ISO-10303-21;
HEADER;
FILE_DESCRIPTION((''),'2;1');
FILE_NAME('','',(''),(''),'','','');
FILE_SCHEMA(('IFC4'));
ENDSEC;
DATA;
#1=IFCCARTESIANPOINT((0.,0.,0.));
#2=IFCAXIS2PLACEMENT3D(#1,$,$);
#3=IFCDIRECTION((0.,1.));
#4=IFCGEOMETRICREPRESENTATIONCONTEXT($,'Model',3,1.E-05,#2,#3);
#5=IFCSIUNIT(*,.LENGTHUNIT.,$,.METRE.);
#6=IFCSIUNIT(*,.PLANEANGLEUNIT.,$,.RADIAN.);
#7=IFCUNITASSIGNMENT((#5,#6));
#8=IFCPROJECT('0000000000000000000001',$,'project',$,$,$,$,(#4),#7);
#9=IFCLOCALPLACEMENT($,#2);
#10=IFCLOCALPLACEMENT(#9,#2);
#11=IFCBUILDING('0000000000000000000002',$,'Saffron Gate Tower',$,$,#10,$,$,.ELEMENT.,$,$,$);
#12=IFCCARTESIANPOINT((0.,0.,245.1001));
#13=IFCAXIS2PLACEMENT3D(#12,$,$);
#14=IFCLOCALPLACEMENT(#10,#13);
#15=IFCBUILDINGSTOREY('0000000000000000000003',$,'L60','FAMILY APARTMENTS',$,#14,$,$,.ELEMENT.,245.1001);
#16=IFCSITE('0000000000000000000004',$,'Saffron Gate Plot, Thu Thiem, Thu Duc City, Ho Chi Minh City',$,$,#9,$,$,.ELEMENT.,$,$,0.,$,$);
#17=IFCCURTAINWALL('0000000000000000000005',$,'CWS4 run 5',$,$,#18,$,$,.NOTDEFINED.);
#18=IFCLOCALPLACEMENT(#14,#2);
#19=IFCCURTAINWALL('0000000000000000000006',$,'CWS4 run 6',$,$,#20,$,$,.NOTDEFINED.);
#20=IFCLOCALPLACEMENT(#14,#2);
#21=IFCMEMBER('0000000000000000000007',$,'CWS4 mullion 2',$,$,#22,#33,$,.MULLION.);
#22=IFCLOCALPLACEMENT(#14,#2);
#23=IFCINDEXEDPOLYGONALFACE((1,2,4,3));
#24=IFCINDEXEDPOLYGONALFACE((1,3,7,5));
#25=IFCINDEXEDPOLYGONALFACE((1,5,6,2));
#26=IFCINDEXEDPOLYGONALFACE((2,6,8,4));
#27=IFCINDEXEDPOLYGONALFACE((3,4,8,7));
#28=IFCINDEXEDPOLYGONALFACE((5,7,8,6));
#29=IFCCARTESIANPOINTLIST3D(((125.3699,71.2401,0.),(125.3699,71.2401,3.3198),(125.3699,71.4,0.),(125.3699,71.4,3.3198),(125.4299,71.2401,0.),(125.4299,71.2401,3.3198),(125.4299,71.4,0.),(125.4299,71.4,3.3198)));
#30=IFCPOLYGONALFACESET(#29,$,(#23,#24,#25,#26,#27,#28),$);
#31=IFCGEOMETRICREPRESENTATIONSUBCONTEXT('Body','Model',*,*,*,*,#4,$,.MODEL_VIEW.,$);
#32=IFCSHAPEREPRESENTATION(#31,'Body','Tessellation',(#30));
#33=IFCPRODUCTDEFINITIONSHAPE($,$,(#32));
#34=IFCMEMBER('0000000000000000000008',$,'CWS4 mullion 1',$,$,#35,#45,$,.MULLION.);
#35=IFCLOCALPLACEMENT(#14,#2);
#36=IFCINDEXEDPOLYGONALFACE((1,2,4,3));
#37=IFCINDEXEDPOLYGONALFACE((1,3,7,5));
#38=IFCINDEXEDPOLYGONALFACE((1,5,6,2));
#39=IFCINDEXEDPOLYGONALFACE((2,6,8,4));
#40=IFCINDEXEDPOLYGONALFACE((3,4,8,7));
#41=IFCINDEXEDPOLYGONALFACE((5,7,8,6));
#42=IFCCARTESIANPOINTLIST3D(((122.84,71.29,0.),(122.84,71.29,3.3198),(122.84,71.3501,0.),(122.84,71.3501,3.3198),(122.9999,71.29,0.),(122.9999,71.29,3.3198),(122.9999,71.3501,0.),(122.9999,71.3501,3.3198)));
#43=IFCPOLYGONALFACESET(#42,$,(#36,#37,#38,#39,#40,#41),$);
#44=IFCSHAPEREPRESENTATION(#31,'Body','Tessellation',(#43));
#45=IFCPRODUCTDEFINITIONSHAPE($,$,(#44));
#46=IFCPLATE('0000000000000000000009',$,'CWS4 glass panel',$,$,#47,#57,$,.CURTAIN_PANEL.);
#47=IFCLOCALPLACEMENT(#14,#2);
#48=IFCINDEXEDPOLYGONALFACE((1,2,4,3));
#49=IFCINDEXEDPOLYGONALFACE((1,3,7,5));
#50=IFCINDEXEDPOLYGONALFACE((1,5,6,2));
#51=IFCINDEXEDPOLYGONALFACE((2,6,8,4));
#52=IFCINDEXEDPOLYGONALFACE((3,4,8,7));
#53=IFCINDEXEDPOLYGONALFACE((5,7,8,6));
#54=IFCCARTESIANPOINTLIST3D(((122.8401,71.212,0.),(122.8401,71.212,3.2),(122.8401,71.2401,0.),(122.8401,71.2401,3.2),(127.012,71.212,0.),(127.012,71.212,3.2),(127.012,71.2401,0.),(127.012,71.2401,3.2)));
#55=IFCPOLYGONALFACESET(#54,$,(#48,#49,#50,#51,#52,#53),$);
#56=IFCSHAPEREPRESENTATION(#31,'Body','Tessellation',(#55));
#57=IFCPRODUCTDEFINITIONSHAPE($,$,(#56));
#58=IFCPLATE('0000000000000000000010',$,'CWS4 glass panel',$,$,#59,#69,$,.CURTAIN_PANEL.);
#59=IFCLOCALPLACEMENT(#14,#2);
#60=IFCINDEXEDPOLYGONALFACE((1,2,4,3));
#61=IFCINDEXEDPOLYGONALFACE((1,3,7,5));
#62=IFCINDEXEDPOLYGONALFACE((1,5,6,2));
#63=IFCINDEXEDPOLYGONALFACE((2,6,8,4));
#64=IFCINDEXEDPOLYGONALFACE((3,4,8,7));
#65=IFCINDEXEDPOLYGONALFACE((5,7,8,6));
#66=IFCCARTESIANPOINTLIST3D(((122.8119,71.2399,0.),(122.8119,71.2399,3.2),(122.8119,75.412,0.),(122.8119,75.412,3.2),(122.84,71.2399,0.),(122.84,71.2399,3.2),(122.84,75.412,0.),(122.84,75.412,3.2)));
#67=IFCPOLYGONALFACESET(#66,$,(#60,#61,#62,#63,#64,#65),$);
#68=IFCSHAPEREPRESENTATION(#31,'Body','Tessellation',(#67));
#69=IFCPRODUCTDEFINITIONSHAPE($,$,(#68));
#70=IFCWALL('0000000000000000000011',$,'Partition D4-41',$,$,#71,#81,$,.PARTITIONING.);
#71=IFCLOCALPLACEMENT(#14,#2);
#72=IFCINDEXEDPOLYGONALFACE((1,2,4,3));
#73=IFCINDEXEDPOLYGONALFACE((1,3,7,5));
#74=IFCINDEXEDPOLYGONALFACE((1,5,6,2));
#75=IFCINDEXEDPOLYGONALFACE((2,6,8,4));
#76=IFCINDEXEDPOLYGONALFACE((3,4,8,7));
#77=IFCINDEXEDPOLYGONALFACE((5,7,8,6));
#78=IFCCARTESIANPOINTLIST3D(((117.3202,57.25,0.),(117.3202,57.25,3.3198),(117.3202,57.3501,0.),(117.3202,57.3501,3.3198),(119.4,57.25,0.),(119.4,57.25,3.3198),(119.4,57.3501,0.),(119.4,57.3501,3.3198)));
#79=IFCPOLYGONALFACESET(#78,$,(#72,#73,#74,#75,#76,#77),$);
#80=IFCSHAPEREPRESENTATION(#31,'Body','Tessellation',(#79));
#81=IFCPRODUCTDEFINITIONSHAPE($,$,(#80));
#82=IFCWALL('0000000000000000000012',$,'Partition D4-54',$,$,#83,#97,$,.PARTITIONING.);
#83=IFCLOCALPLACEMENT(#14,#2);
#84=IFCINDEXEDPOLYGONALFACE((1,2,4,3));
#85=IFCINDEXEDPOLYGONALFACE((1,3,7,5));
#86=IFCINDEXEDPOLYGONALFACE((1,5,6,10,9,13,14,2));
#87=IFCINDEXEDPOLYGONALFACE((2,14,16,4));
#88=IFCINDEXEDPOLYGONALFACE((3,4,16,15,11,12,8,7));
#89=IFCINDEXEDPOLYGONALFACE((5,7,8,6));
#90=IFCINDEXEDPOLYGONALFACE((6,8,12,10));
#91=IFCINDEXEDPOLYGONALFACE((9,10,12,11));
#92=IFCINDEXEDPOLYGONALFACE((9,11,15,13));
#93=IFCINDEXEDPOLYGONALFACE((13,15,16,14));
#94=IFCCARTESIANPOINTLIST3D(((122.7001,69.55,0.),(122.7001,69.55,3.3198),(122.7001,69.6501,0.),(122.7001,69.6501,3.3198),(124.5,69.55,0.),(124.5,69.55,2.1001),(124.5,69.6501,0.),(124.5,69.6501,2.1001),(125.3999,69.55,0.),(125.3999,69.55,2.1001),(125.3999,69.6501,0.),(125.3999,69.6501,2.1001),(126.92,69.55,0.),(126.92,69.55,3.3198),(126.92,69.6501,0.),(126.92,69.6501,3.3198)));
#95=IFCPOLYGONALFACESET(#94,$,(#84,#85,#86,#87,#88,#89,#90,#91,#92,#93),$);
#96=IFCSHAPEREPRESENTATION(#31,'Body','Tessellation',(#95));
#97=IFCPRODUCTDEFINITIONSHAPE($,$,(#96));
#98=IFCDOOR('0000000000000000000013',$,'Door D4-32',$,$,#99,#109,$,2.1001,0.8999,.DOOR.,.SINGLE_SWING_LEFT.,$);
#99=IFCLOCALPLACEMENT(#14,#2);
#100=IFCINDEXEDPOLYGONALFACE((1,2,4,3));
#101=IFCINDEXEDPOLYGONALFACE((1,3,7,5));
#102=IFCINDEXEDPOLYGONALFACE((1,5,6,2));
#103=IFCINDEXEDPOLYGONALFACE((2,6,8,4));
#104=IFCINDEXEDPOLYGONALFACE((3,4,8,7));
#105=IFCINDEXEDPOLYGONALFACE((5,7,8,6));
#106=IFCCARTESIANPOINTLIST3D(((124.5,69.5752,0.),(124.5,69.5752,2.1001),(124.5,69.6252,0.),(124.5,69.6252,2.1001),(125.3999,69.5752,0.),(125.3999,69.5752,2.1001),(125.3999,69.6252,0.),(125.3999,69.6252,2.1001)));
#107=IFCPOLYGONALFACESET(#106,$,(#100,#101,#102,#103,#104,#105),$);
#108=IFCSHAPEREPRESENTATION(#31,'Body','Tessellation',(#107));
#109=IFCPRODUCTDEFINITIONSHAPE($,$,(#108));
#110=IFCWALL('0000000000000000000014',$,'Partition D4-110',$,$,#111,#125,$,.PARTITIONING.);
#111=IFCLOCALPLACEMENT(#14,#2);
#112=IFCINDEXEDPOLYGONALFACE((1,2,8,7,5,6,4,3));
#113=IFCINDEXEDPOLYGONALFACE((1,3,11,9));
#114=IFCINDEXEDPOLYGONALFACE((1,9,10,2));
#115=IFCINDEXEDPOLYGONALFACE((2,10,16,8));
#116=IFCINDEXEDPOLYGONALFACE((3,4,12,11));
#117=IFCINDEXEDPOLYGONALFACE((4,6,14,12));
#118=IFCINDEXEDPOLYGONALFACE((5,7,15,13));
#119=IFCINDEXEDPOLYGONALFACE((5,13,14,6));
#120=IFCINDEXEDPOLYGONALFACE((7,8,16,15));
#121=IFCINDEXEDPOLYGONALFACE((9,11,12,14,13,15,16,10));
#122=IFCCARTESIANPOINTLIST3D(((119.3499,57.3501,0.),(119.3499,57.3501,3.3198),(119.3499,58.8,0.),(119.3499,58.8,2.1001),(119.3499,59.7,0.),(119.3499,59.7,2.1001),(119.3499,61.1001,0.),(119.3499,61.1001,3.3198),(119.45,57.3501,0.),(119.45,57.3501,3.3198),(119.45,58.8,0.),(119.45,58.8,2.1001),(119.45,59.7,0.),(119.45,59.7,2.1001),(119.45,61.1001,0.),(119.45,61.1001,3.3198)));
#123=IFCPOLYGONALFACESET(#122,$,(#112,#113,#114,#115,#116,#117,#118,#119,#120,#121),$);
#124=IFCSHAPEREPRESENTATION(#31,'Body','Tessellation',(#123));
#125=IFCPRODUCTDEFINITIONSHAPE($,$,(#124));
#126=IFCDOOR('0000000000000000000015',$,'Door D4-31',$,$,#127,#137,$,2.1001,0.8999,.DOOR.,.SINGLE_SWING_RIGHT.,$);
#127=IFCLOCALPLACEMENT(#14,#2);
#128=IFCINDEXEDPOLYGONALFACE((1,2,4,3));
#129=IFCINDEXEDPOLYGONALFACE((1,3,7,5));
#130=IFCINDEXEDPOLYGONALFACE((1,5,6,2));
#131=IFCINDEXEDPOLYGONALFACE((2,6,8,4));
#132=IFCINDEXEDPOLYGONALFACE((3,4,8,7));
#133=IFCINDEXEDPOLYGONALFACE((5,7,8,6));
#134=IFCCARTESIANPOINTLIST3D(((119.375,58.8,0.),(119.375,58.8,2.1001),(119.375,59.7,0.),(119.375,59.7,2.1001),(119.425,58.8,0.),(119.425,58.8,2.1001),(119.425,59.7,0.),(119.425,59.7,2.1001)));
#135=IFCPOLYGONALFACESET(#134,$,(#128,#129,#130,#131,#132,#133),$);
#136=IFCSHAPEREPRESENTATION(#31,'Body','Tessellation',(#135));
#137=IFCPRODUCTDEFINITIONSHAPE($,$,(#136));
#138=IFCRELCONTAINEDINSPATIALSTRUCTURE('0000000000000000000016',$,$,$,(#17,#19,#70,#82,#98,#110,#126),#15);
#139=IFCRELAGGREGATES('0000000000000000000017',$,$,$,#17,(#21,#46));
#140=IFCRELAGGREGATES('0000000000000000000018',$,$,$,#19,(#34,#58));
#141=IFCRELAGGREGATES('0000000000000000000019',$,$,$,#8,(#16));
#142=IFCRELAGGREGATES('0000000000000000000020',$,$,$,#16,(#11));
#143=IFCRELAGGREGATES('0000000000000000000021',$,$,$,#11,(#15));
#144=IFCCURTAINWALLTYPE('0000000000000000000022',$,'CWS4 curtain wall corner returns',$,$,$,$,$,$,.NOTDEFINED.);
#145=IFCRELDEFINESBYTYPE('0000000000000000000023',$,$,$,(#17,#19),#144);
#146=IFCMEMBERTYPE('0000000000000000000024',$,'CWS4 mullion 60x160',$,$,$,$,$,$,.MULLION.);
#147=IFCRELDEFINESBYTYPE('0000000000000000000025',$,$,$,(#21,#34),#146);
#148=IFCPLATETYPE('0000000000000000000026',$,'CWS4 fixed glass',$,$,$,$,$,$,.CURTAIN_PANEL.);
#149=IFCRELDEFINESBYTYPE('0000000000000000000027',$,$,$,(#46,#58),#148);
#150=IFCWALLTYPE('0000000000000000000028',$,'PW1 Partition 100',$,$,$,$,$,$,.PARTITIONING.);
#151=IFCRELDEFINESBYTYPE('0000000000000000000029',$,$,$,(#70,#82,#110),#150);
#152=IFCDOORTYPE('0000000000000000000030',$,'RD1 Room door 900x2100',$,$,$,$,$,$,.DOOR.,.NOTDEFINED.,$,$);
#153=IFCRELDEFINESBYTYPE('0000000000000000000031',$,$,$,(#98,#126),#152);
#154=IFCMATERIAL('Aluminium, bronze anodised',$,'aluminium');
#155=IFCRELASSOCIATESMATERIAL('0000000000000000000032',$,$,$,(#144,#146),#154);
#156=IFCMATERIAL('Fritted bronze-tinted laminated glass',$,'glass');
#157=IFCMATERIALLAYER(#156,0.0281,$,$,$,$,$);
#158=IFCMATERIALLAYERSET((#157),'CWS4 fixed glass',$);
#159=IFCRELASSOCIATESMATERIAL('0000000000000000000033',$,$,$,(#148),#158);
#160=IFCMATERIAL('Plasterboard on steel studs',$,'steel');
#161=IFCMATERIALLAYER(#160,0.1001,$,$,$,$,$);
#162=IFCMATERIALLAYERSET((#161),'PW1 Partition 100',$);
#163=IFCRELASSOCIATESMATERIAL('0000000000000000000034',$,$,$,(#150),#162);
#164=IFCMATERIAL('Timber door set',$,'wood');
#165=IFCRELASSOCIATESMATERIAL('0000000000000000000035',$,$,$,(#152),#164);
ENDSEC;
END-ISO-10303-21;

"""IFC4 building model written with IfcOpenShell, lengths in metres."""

from ifc_helpers import new_model, si_unit, direction, frame, frame_2d, origin, origin_2d, place, context, subcontext, project, spatial, rectangle, extrude, material, layer, layer_set, material_profile, profile_set, type_object, element, fill, aggregate, save


model = new_model("IFC4")

# Units and contexts
model_context = context("Model", 3, precision=1e-05, world=origin(), true_north=direction((0.0, 1.0)))
body_context = subcontext(model_context, "Body", "Model", "MODEL_VIEW")
ifc_project = project(units=[si_unit("LENGTHUNIT", "METRE"), si_unit("PLANEANGLEUNIT", "RADIAN")], contexts=[model_context])

# Site, building, storey
site_placement = place(None, origin())
site = spatial("IfcSite", under=ifc_project, at=site_placement, Name="Saffron Gate Plot, Thu Thiem, Thu Duc City, Ho Chi Minh City", CompositionType="ELEMENT", RefElevation=0.0)
building_placement = place(site_placement, origin())
building = spatial("IfcBuilding", under=site, at=building_placement, Name="Saffron Gate Tower", CompositionType="ELEMENT")
storey_placement = place(building_placement, frame((0.0, 0.0, 245.1001)))
storey = spatial("IfcBuildingStorey", under=building, at=storey_placement, Name="L60", Description="FAMILY APARTMENTS", CompositionType="ELEMENT", Elevation=245.1001)

# Curtain walls
ifc_material_1 = material(Name="Aluminium, bronze anodised", Category="aluminium")
curtain_wall_type_1 = type_object("IfcCurtainWallType", Name="CWS4 curtain wall corner returns", PredefinedType="NOTDEFINED", material=ifc_material_1)
curtain_wall_1_placement = place(storey_placement, origin())
curtain_wall_1 = element("IfcCurtainWall", 1, at=curtain_wall_1_placement, inside=storey, type_object=curtain_wall_type_1, Name="CWS4 run 5", PredefinedType="NOTDEFINED")
curtain_wall_2_placement = place(storey_placement, origin())
curtain_wall_2 = element("IfcCurtainWall", 2, at=curtain_wall_2_placement, inside=storey, type_object=curtain_wall_type_1, Name="CWS4 run 6", PredefinedType="NOTDEFINED")

# Members
ifc_material_profile_1 = material_profile(ifc_material_1, rectangle(XDim=0.1599, YDim=0.0601, at=origin_2d()))
ifc_profile_set_1 = profile_set([ifc_material_profile_1], Name="Aluminium, bronze anodised")
member_type_1 = type_object("IfcMemberType", Name="CWS4 mullion 60x160", PredefinedType="MULLION", material=ifc_profile_set_1)
member_1_placement = place(storey_placement, frame((125.3999, 71.3201, 0.0), z_axis=(0.0, 0.0, 1.0), x_axis=(0.0, -1.0, 0.0)))
member_1 = element("IfcMember", 3, at=member_1_placement, type_object=member_type_1, Name="CWS4 mullion 2", PredefinedType="MULLION", context=body_context, shape_type="SweptSolid", body=[
    extrude(rectangle(XDim=0.1599, YDim=0.0601, at=origin_2d()), origin(), (0.0, 0.0, 1.0), 3.3198),
])
member_2_placement = place(storey_placement, frame((122.9199, 71.3201, 0.0), z_axis=(0.0, 0.0, 1.0), x_axis=(-1.0, 0.0, 0.0)))
member_2 = element("IfcMember", 4, at=member_2_placement, type_object=member_type_1, Name="CWS4 mullion 1", PredefinedType="MULLION", context=body_context, shape_type="SweptSolid", body=[
    extrude(rectangle(XDim=0.1599, YDim=0.0601, at=origin_2d()), origin(), (0.0, 0.0, 1.0), 3.3198),
])

# Plates
ifc_material_2 = material(Name="Fritted bronze-tinted laminated glass", Category="glass")
ifc_layer_1 = layer(ifc_material_2, 0.0281)
ifc_layer_set_1 = layer_set([ifc_layer_1], Name="CWS4 fixed glass")
plate_type = type_object("IfcPlateType", Name="CWS4 fixed glass", PredefinedType="CURTAIN_PANEL", material=ifc_layer_set_1)
plate_1_placement = place(storey_placement, frame((127.012, 71.2261, 0.0), z_axis=(0.0, 0.0, 1.0), x_axis=(-1.0, 0.0, 0.0)))
plate_1 = element("IfcPlate", 5, at=plate_1_placement, type_object=plate_type, Name="CWS4 glass panel", PredefinedType="CURTAIN_PANEL", context=body_context, shape_type="SweptSolid", body=[
    extrude(rectangle(XDim=4.1719, YDim=0.0281, at=frame_2d((2.0859, 0.0))), origin(), (0.0, 0.0, 1.0), 3.2),
])
aggregate(curtain_wall_1, [member_1, plate_1])
plate_2_placement = place(storey_placement, frame((122.8259, 71.24, 0.0), z_axis=(0.0, 0.0, 1.0), x_axis=(0.0, 1.0, 0.0)))
plate_2 = element("IfcPlate", 6, at=plate_2_placement, type_object=plate_type, Name="CWS4 glass panel", PredefinedType="CURTAIN_PANEL", context=body_context, shape_type="SweptSolid", body=[
    extrude(rectangle(XDim=4.1721, YDim=0.0281, at=frame_2d((2.0859, 0.0))), origin(), (0.0, 0.0, 1.0), 3.2),
])
aggregate(curtain_wall_2, [member_2, plate_2])

# Wall
ifc_material_3 = material(Name="Plasterboard on steel studs", Category="steel")
ifc_layer_2 = layer(ifc_material_3, 0.1001)
ifc_layer_set_2 = layer_set([ifc_layer_2], Name="PW1 Partition 100")
wall_type = type_object("IfcWallType", Name="PW1 Partition 100", PredefinedType="PARTITIONING", material=ifc_layer_set_2)
wall_1_placement = place(storey_placement, frame((117.3201, 57.3, 0.0), z_axis=(0.0, 0.0, 1.0), x_axis=(1.0, 0.0, 0.0)))
element("IfcWall", 7, at=wall_1_placement, inside=storey, type_object=wall_type, Name="Partition D4-41", PredefinedType="PARTITIONING", context=body_context, shape_type="SweptSolid", body=[
    extrude(rectangle(XDim=2.0798, YDim=0.1001, at=frame_2d((1.04, 0.0))), origin(), (0.0, 0.0, 1.0), 3.3198),
])

# Walls, openings, doors
wall_2_placement = place(storey_placement, frame((126.9199, 69.6001, 0.0), z_axis=(0.0, 0.0, 1.0), x_axis=(-1.0, 0.0, 0.0)))
wall_2 = element("IfcWall", 8, at=wall_2_placement, inside=storey, type_object=wall_type, Name="Partition D4-54", PredefinedType="PARTITIONING", context=body_context, shape_type="SweptSolid", body=[
    extrude(rectangle(XDim=4.22, YDim=0.1001, at=frame_2d((2.1099, 0.0))), origin(), (0.0, 0.0, 1.0), 3.3198),
])
opening_1_placement = place(wall_2_placement, frame((1.52, 0.0, 0.0)))
opening_1 = element("IfcOpeningElement", 9, at=opening_1_placement, cuts=wall_2, PredefinedType="OPENING", context=body_context, shape_type="SweptSolid", body=[
    extrude(rectangle(XDim=0.8999, YDim=2.1001, at=frame_2d((0.45, 1.05))), frame((0.0, 0.0601, 0.0), z_axis=(0.0, -1.0, 0.0), x_axis=(1.0, 0.0, 0.0)), (0.0, 0.0, 1.0), 0.1201),
])
ifc_material_4 = material(Name="Timber door set", Category="wood")
door_type_1 = type_object("IfcDoorType", Name="RD1 Room door 900x2100", OperationType="NOTDEFINED", PredefinedType="DOOR", material=ifc_material_4)
door_1_placement = place(opening_1_placement, origin())
door_1 = element("IfcDoor", 10, at=door_1_placement, inside=storey, type_object=door_type_1, Name="Door D4-32", OperationType="SINGLE_SWING_LEFT", OverallHeight=2.1001, OverallWidth=0.8999, PredefinedType="DOOR", context=body_context, shape_type="SweptSolid", body=[
    extrude(rectangle(XDim=0.8999, YDim=2.1001, at=frame_2d((0.45, 1.05))), frame((0.0, 0.0249, 0.0), z_axis=(0.0, -1.0, 0.0), x_axis=(1.0, 0.0, 0.0)), (0.0, 0.0, 1.0), 0.05),
])
fill(opening_1, door_1)
wall_3_placement = place(storey_placement, frame((119.3999, 57.3501, 0.0), z_axis=(0.0, 0.0, 1.0), x_axis=(0.0, 1.0, 0.0)))
wall_3 = element("IfcWall", 11, at=wall_3_placement, inside=storey, type_object=wall_type, Name="Partition D4-110", PredefinedType="PARTITIONING", context=body_context, shape_type="SweptSolid", body=[
    extrude(rectangle(XDim=3.75, YDim=0.1001, at=frame_2d((1.875, 0.0))), origin(), (0.0, 0.0, 1.0), 3.3198),
])
opening_2_placement = place(wall_3_placement, frame((1.45, 0.0, 0.0)))
opening_2 = element("IfcOpeningElement", 12, at=opening_2_placement, cuts=wall_3, PredefinedType="OPENING", context=body_context, shape_type="SweptSolid", body=[
    extrude(rectangle(XDim=0.8999, YDim=2.1001, at=frame_2d((0.45, 1.05))), frame((0.0, 0.0601, 0.0), z_axis=(0.0, -1.0, 0.0), x_axis=(1.0, 0.0, 0.0)), (0.0, 0.0, 1.0), 0.1201),
])
door_2_placement = place(opening_2_placement, origin())
door_2 = element("IfcDoor", 13, at=door_2_placement, inside=storey, type_object=door_type_1, Name="Door D4-31", OperationType="SINGLE_SWING_RIGHT", OverallHeight=2.1001, OverallWidth=0.8999, PredefinedType="DOOR", context=body_context, shape_type="SweptSolid", body=[
    extrude(rectangle(XDim=0.8999, YDim=2.1001, at=frame_2d((0.45, 1.05))), frame((0.0, 0.0249, 0.0), z_axis=(0.0, -1.0, 0.0), x_axis=(1.0, 0.0, 0.0)), (0.0, 0.0, 1.0), 0.05),
])
fill(opening_2, door_2)

save(model, "model.ifc")
